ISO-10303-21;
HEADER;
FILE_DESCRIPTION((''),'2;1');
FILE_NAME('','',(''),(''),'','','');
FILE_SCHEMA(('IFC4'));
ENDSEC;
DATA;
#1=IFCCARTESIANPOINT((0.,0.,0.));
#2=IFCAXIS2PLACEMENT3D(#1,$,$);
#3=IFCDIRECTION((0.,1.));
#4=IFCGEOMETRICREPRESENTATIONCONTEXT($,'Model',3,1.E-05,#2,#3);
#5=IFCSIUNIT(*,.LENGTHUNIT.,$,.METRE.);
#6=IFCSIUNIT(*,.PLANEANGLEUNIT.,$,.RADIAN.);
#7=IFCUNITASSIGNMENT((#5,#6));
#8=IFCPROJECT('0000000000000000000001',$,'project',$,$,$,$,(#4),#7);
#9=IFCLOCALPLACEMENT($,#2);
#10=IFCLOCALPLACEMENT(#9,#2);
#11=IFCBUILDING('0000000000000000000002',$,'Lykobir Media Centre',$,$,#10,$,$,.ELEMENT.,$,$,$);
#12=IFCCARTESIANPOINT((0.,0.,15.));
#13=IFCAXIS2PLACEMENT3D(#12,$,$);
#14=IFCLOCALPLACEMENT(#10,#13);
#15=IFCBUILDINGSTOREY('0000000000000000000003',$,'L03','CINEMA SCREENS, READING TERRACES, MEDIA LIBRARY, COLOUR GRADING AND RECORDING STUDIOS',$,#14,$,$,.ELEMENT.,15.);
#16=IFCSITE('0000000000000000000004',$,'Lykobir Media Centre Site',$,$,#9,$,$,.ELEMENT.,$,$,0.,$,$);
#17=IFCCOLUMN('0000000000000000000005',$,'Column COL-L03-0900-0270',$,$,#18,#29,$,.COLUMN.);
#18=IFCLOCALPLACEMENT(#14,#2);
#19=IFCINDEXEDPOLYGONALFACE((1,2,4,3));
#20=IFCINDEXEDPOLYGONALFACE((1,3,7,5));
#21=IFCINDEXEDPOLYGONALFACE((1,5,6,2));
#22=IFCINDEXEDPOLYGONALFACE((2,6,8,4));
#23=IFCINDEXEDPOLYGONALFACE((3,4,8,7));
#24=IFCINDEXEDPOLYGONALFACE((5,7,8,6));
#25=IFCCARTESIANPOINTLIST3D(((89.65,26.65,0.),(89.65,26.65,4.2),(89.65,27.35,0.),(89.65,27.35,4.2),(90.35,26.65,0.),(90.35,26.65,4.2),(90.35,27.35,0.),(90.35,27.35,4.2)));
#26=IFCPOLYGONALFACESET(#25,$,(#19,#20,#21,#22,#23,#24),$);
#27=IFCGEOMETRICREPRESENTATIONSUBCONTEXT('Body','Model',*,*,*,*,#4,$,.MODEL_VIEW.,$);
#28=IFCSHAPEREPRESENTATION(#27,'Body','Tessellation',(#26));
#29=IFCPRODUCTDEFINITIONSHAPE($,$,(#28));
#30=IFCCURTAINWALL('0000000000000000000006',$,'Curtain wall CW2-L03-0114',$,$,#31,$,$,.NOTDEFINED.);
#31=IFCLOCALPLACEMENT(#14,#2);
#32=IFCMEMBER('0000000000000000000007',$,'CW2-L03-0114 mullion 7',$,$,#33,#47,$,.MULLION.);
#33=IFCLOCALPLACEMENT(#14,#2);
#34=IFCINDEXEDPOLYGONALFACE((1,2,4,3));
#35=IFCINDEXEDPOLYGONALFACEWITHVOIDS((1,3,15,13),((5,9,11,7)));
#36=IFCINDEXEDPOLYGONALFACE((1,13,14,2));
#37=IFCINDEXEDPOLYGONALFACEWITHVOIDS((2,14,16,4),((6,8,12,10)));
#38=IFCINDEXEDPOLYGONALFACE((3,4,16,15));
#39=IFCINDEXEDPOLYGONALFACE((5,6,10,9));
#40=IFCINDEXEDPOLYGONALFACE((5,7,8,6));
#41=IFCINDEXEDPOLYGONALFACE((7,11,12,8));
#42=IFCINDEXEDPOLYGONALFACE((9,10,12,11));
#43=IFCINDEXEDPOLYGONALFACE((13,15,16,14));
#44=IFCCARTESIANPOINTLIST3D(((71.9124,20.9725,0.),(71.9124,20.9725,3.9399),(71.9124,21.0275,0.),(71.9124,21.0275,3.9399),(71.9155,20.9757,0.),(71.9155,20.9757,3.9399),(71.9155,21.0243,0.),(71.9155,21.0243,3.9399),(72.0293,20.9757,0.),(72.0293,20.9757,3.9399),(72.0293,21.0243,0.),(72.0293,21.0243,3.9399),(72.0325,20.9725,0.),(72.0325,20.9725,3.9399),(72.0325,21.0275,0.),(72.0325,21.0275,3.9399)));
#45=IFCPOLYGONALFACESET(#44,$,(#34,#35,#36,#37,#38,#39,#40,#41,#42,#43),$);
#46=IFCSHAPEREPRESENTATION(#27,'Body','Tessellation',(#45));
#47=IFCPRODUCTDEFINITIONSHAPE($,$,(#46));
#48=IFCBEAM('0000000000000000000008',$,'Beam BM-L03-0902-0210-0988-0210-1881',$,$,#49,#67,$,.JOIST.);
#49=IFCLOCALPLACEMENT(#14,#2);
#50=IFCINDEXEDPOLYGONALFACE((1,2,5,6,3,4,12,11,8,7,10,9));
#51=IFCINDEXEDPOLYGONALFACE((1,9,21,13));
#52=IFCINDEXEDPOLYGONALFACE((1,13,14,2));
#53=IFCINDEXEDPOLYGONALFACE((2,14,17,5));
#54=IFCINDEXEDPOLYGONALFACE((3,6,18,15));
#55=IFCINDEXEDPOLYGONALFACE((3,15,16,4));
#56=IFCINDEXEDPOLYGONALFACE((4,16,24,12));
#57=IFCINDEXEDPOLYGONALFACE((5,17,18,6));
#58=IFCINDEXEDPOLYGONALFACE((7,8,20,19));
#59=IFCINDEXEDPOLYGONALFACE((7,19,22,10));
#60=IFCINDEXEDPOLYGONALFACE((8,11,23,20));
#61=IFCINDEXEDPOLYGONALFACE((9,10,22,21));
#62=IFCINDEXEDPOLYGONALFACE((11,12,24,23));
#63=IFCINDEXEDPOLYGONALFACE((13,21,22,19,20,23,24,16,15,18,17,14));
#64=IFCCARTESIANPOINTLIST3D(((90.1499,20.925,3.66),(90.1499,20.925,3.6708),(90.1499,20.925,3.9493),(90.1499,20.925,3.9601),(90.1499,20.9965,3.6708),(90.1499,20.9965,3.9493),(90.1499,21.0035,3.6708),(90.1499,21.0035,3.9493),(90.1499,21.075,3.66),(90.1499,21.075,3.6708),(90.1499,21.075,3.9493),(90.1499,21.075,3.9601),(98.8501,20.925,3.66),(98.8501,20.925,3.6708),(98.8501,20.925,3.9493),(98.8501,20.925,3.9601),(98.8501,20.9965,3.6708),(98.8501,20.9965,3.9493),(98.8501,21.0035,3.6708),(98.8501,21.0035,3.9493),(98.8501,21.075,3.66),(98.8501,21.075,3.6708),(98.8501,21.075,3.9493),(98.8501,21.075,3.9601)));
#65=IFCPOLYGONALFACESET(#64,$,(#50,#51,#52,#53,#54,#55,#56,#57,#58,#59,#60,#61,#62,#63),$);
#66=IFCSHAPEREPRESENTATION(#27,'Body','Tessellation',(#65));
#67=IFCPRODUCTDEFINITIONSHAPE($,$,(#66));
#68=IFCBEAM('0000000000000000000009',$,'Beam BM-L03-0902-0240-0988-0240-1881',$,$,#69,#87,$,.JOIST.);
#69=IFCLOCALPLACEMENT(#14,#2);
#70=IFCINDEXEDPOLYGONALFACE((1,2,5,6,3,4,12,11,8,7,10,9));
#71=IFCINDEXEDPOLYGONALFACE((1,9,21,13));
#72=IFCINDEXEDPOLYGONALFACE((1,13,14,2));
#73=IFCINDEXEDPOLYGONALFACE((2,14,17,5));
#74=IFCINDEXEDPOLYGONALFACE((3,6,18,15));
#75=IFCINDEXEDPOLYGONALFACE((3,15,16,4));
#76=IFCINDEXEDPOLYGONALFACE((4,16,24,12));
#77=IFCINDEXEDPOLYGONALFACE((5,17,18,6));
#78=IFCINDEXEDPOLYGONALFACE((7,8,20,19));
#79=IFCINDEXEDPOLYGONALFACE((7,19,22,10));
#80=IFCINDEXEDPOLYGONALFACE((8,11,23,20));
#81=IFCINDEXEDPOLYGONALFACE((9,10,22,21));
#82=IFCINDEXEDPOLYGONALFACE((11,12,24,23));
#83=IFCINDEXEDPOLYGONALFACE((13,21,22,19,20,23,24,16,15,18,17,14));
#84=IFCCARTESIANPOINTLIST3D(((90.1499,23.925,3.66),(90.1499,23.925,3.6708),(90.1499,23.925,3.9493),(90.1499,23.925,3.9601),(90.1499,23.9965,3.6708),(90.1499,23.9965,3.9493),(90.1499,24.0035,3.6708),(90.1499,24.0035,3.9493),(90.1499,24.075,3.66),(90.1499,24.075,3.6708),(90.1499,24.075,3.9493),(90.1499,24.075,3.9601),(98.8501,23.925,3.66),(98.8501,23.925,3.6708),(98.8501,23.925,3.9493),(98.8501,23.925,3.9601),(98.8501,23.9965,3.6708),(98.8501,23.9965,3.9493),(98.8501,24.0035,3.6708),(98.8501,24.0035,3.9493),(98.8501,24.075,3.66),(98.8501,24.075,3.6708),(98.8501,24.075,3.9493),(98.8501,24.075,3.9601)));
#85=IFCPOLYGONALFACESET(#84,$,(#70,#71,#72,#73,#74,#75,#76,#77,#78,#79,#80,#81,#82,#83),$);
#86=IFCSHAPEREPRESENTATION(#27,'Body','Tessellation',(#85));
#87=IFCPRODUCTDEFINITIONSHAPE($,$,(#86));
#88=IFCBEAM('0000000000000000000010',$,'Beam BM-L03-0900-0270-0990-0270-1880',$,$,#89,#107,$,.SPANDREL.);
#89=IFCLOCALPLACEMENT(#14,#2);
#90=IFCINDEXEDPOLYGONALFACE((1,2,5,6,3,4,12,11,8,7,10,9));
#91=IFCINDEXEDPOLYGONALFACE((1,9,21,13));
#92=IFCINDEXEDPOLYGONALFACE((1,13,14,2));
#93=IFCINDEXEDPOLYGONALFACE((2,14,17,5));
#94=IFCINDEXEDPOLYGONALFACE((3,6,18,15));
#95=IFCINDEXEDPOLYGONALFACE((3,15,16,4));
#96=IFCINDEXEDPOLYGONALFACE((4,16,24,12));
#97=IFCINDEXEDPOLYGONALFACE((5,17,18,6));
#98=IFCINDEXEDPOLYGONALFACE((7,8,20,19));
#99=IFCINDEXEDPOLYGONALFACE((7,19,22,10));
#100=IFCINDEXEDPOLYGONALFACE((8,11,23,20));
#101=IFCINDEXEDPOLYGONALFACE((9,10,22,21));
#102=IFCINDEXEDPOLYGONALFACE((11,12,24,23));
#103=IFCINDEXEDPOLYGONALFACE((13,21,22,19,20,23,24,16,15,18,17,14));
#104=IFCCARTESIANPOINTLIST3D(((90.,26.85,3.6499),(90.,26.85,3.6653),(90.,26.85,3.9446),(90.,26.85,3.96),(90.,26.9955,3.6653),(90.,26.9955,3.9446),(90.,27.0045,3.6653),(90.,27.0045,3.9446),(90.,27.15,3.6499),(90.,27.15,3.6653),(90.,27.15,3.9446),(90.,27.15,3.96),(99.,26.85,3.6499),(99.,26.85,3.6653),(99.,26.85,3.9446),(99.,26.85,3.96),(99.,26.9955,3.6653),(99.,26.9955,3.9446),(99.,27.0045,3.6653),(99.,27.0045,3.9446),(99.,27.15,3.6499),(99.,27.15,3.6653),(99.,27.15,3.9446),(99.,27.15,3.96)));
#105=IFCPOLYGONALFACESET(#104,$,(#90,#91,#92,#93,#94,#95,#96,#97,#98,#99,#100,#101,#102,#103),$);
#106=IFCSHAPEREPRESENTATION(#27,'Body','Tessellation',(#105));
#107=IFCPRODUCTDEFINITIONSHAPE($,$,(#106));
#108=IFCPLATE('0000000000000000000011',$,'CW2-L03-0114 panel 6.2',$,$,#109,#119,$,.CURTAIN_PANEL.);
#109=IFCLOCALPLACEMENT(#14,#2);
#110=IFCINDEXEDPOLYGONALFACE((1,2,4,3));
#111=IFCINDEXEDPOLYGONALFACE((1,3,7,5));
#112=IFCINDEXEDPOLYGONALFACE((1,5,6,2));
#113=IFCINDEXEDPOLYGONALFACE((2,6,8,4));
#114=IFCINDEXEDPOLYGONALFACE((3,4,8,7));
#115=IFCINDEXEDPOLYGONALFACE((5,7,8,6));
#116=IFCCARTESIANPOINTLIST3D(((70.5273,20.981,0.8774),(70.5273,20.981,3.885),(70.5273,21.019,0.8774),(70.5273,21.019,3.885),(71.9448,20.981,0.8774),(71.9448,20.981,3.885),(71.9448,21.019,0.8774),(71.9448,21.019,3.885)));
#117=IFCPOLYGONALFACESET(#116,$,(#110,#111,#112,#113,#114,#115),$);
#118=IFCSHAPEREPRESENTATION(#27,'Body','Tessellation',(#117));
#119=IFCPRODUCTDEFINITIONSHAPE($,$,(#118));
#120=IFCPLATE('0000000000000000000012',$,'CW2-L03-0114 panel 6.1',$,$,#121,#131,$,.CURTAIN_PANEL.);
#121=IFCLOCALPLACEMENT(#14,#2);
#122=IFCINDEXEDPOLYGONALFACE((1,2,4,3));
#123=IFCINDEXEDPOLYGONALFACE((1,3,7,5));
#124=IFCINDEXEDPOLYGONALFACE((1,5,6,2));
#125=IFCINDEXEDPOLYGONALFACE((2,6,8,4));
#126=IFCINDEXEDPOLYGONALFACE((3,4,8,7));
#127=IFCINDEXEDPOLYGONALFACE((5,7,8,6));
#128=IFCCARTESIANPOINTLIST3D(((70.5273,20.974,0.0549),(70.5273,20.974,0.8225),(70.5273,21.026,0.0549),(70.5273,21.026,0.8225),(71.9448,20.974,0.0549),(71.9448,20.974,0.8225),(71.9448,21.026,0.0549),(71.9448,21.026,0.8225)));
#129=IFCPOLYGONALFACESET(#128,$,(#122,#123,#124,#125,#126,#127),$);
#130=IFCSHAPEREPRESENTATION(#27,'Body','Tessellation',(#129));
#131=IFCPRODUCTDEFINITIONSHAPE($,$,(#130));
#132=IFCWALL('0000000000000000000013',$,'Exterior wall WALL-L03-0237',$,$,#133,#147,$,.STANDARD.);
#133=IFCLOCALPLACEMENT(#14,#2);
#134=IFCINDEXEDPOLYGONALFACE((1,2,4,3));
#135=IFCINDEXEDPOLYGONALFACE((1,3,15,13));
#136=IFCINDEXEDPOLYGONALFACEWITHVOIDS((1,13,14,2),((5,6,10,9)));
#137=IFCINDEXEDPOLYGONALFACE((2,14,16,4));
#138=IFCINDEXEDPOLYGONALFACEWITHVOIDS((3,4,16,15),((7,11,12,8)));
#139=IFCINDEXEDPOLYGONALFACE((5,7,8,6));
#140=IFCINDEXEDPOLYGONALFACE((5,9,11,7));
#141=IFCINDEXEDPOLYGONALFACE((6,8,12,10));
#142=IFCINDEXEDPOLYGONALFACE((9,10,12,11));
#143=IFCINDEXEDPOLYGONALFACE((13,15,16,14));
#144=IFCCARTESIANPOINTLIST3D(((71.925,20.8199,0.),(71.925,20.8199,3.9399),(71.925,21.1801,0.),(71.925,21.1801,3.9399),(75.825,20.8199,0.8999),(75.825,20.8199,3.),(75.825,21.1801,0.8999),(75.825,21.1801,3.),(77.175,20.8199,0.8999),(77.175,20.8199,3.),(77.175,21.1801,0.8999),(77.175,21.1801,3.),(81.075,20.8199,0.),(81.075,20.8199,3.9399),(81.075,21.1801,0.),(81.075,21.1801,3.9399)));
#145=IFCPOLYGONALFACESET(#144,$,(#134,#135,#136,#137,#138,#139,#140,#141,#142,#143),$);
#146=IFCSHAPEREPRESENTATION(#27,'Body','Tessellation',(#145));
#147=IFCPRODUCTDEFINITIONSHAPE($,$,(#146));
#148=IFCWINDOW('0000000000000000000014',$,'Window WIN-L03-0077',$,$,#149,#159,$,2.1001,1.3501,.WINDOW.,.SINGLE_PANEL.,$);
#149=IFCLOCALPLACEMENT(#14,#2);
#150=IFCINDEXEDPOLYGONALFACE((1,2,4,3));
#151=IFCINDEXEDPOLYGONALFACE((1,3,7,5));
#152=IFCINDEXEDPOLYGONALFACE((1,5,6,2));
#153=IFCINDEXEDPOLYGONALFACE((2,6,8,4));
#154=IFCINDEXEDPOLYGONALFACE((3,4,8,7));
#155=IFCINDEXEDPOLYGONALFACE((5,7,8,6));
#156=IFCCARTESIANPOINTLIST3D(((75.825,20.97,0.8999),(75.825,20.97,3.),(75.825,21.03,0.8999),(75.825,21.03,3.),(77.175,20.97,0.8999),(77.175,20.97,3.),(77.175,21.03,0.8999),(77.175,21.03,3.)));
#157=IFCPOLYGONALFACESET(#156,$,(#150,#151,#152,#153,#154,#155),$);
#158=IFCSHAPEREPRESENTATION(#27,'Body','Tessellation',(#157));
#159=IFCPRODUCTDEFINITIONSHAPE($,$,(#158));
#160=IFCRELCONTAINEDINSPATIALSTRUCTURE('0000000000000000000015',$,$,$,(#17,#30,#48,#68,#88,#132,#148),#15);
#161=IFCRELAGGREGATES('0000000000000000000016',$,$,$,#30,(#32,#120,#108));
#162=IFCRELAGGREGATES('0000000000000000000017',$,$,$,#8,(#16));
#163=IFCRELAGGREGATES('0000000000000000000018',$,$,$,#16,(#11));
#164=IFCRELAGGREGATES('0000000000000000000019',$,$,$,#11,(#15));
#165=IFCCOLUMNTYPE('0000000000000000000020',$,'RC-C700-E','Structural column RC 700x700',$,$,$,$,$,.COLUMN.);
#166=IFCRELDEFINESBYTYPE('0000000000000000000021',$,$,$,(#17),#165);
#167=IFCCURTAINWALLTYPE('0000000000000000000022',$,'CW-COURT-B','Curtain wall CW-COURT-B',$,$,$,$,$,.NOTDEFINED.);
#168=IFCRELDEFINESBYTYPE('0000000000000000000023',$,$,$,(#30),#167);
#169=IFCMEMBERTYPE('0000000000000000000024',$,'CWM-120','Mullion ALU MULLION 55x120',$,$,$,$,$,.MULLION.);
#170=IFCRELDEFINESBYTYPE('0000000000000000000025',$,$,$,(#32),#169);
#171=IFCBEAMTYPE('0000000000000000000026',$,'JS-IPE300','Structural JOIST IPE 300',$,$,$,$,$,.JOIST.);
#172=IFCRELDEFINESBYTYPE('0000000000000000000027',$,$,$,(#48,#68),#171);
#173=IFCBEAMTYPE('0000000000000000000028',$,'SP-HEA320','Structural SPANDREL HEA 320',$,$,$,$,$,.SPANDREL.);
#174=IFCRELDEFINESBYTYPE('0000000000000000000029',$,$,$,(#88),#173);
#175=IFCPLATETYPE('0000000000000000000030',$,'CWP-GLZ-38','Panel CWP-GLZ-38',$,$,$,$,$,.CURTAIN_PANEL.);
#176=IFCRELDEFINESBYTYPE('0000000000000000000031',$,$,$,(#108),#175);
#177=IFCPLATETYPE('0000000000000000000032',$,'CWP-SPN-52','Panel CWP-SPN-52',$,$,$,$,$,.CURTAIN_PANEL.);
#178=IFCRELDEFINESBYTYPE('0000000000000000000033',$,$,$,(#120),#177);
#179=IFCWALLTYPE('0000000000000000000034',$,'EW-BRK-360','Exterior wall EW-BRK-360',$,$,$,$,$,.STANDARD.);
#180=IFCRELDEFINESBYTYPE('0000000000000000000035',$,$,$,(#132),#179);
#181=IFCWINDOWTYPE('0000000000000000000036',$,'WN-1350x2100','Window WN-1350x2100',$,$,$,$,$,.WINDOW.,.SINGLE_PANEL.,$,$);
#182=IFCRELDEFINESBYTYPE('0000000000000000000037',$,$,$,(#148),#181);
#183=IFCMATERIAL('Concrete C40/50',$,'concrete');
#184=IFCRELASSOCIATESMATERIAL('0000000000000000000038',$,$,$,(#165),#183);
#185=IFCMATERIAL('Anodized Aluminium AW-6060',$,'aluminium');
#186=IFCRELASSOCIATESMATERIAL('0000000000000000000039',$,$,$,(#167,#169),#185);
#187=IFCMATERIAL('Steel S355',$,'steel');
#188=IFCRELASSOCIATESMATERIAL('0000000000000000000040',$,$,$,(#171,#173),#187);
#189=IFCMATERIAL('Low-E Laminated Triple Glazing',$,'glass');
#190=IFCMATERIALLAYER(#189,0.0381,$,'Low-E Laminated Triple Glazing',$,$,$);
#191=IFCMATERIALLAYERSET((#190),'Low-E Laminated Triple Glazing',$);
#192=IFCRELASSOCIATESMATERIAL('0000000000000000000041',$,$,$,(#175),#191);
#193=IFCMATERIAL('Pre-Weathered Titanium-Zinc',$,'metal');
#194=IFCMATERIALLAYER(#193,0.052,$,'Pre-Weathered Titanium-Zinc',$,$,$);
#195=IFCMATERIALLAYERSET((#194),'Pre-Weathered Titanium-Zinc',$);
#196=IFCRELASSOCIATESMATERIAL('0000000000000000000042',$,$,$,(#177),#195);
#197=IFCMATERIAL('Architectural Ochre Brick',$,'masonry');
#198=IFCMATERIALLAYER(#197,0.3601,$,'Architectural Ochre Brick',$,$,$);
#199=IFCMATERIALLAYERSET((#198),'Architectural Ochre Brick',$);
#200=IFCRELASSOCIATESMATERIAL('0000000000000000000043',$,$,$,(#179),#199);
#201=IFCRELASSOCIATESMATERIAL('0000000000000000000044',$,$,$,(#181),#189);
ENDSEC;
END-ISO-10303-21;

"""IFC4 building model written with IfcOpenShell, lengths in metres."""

from ifc_helpers import new_model, si_unit, direction, frame, frame_2d, origin, origin_2d, place, context, subcontext, project, spatial, rectangle, hollow_rectangle, i_section, extrude, material, layer, layer_set, material_profile, profile_set, type_object, element, fill, aggregate, save


model = new_model("IFC4")

# Units and contexts
model_context = context("Model", 3, precision=1e-05, world=origin(), true_north=direction((0.0, 1.0)))
body_context = subcontext(model_context, "Body", "Model", "MODEL_VIEW")
ifc_project = project(units=[si_unit("LENGTHUNIT", "METRE"), si_unit("PLANEANGLEUNIT", "RADIAN")], contexts=[model_context])

# Site, building, storey
site_placement = place(None, origin())
site = spatial("IfcSite", under=ifc_project, at=site_placement, Name="Lykobir Media Centre Site", CompositionType="ELEMENT", RefElevation=0.0)
building_placement = place(site_placement, origin())
building = spatial("IfcBuilding", under=site, at=building_placement, Name="Lykobir Media Centre", CompositionType="ELEMENT")
storey_placement = place(building_placement, frame((0.0, 0.0, 15.0)))
storey = spatial("IfcBuildingStorey", under=building, at=storey_placement, Name="L03", Description="CINEMA SCREENS, READING TERRACES, MEDIA LIBRARY, COLOUR GRADING AND RECORDING STUDIOS", CompositionType="ELEMENT", Elevation=15.0)

# Column
ifc_material_1 = material(Name="Concrete C40/50", Category="concrete")
ifc_material_profile_1 = material_profile(ifc_material_1, rectangle(XDim=0.7, YDim=0.7, at=origin_2d()), Name="RC 700x700")
ifc_profile_set_1 = profile_set([ifc_material_profile_1], Name="Concrete C40/50")
column_type = type_object("IfcColumnType", Name="RC-C700-E", Description="Structural column RC 700x700", PredefinedType="COLUMN", material=ifc_profile_set_1)
column_placement = place(storey_placement, frame((90.0, 27.0, 0.0), z_axis=(0.0, 0.0, 1.0), x_axis=(1.0, 0.0, 0.0)))
element("IfcColumn", 1, at=column_placement, inside=storey, type_object=column_type, Name="Column COL-L03-0900-0270", PredefinedType="COLUMN", context=body_context, shape_type="SweptSolid", body=[
    extrude(rectangle(XDim=0.7, YDim=0.7, at=origin_2d()), origin(), (0.0, 0.0, 1.0), 4.2),
])

# Curtain wall, member
ifc_material_2 = material(Name="Anodized Aluminium AW-6060", Category="aluminium")
curtain_wall_type = type_object("IfcCurtainWallType", Name="CW-COURT-B", Description="Curtain wall CW-COURT-B", PredefinedType="NOTDEFINED", material=ifc_material_2)
curtain_wall_placement = place(storey_placement, origin())
curtain_wall = element("IfcCurtainWall", 2, at=curtain_wall_placement, inside=storey, type_object=curtain_wall_type, Name="Curtain wall CW2-L03-0114", PredefinedType="NOTDEFINED")
ifc_material_profile_2 = material_profile(ifc_material_2, hollow_rectangle(XDim=0.0549, YDim=0.1201, WallThickness=0.0032, at=origin_2d()), Name="ALU MULLION 55x120")
ifc_profile_set_2 = profile_set([ifc_material_profile_2], Name="Anodized Aluminium AW-6060")
member_type = type_object("IfcMemberType", Name="CWM-120", Description="Mullion ALU MULLION 55x120", PredefinedType="MULLION", material=ifc_profile_set_2)
member_placement = place(storey_placement, frame((71.9724, 21.0, 0.0), z_axis=(0.0, 0.0, 1.0), x_axis=(0.0, 1.0, 0.0)))
member = element("IfcMember", 3, at=member_placement, type_object=member_type, Name="CW2-L03-0114 mullion 7", PredefinedType="MULLION", context=body_context, shape_type="SweptSolid", body=[
    extrude(hollow_rectangle(XDim=0.0549, YDim=0.1201, WallThickness=0.0032, at=origin_2d()), origin(), (0.0, 0.0, 1.0), 3.9399),
])

# Beams
ifc_material_3 = material(Name="Steel S355", Category="steel")
ifc_material_profile_3 = material_profile(ifc_material_3, i_section(OverallWidth=0.1499, OverallDepth=0.3, WebThickness=0.0071, FlangeThickness=0.0107, at=origin_2d()), Name="IPE 300")
ifc_profile_set_3 = profile_set([ifc_material_profile_3], Name="Steel S355")
beam_type_1 = type_object("IfcBeamType", Name="JS-IPE300", Description="Structural JOIST IPE 300", PredefinedType="JOIST", material=ifc_profile_set_3)
for number, where, z_axis, x_axis, name in (
    (4, (90.1499, 21.0, 3.8101), (1.0, 0.0, 0.0), (0.0, 1.0, 0.0), "Beam BM-L03-0902-0210-0988-0210-1881"),
    (5, (90.1499, 24.0, 3.8101), (1.0, 0.0, 0.0), (0.0, 1.0, 0.0), "Beam BM-L03-0902-0240-0988-0240-1881"),
):
    element("IfcBeam", number, at=place(storey_placement, frame(where, z_axis=z_axis, x_axis=x_axis)), inside=storey, type_object=beam_type_1, Name=name, PredefinedType="JOIST", context=body_context, shape_type="SweptSolid", body=[
        extrude(i_section(OverallWidth=0.1499, OverallDepth=0.3, WebThickness=0.0071, FlangeThickness=0.0107, at=origin_2d()), origin(), (0.0, 0.0, 1.0), 8.7002),
    ])
ifc_material_profile_4 = material_profile(ifc_material_3, i_section(OverallWidth=0.3, OverallDepth=0.3101, WebThickness=0.009, FlangeThickness=0.0154, at=origin_2d()), Name="HEA 320")
ifc_profile_set_4 = profile_set([ifc_material_profile_4], Name="Steel S355")
beam_type_2 = type_object("IfcBeamType", Name="SP-HEA320", Description="Structural SPANDREL HEA 320", PredefinedType="SPANDREL", material=ifc_profile_set_4)
beam_placement = place(storey_placement, frame((90.0, 27.0, 3.8049), z_axis=(1.0, 0.0, 0.0), x_axis=(0.0, 1.0, 0.0)))
element("IfcBeam", 6, at=beam_placement, inside=storey, type_object=beam_type_2, Name="Beam BM-L03-0900-0270-0990-0270-1880", PredefinedType="SPANDREL", context=body_context, shape_type="SweptSolid", body=[
    extrude(i_section(OverallWidth=0.3, OverallDepth=0.3101, WebThickness=0.009, FlangeThickness=0.0154, at=origin_2d()), origin(), (0.0, 0.0, 1.0), 9.0),
])

# Plates
ifc_material_4 = material(Name="Low-E Laminated Triple Glazing", Category="glass")
ifc_layer_1 = layer(ifc_material_4, 0.0381, Name="Low-E Laminated Triple Glazing")
ifc_layer_set_1 = layer_set([ifc_layer_1], Name="Low-E Laminated Triple Glazing")
plate_type_1 = type_object("IfcPlateType", Name="CWP-GLZ-38", Description="Panel CWP-GLZ-38", PredefinedType="CURTAIN_PANEL", material=ifc_layer_set_1)
plate_1_placement = place(storey_placement, frame((71.2361, 21.0, 0.8774), z_axis=(0.0, 0.0, 1.0), x_axis=(1.0, 0.0, 0.0)))
plate_1 = element("IfcPlate", 7, at=plate_1_placement, type_object=plate_type_1, Name="CW2-L03-0114 panel 6.2", PredefinedType="CURTAIN_PANEL", context=body_context, shape_type="SweptSolid", body=[
    extrude(rectangle(XDim=1.4175, YDim=0.0381, at=origin_2d()), origin(), (0.0, 0.0, 1.0), 3.0076),
])
ifc_material_5 = material(Name="Pre-Weathered Titanium-Zinc", Category="metal")
ifc_layer_2 = layer(ifc_material_5, 0.052, Name="Pre-Weathered Titanium-Zinc")
ifc_layer_set_2 = layer_set([ifc_layer_2], Name="Pre-Weathered Titanium-Zinc")
plate_type_2 = type_object("IfcPlateType", Name="CWP-SPN-52", Description="Panel CWP-SPN-52", PredefinedType="CURTAIN_PANEL", material=ifc_layer_set_2)
plate_2_placement = place(storey_placement, frame((71.2361, 21.0, 0.0549), z_axis=(0.0, 0.0, 1.0), x_axis=(1.0, 0.0, 0.0)))
plate_2 = element("IfcPlate", 8, at=plate_2_placement, type_object=plate_type_2, Name="CW2-L03-0114 panel 6.1", PredefinedType="CURTAIN_PANEL", context=body_context, shape_type="SweptSolid", body=[
    extrude(rectangle(XDim=1.4175, YDim=0.052, at=origin_2d()), origin(), (0.0, 0.0, 1.0), 0.7676),
])
aggregate(curtain_wall, [member, plate_2, plate_1])

# Wall, opening, window
ifc_material_6 = material(Name="Architectural Ochre Brick", Category="masonry")
ifc_layer_3 = layer(ifc_material_6, 0.3601, Name="Architectural Ochre Brick")
ifc_layer_set_3 = layer_set([ifc_layer_3], Name="Architectural Ochre Brick")
wall_type = type_object("IfcWallType", Name="EW-BRK-360", Description="Exterior wall EW-BRK-360", PredefinedType="STANDARD", material=ifc_layer_set_3)
wall_1_placement = place(storey_placement, frame((81.075, 21.0, 0.0), z_axis=(0.0, 0.0, 1.0), x_axis=(-1.0, 0.0, 0.0)))
wall_1 = element("IfcWall", 9, at=wall_1_placement, inside=storey, type_object=wall_type, Name="Exterior wall WALL-L03-0237", PredefinedType="STANDARD", context=body_context, shape_type="SweptSolid", body=[
    extrude(rectangle(XDim=9.1499, YDim=0.3601, at=frame_2d((4.575, 0.0))), origin(), (0.0, 0.0, 1.0), 3.9399),
])
opening_1_placement = place(wall_1_placement, frame((3.8999, 0.0, 0.8999)))
opening_1 = element("IfcOpeningElement", 10, at=opening_1_placement, cuts=wall_1, PredefinedType="OPENING", context=body_context, shape_type="SweptSolid", body=[
    extrude(rectangle(XDim=1.3501, YDim=2.1001, at=frame_2d((0.675, 1.05))), frame((0.0, 0.1899, 0.0), z_axis=(0.0, -1.0, 0.0), x_axis=(1.0, 0.0, 0.0)), (0.0, 0.0, 1.0), 0.3801),
])
window_type_1 = type_object("IfcWindowType", Name="WN-1350x2100", Description="Window WN-1350x2100", PartitioningType="SINGLE_PANEL", PredefinedType="WINDOW", material=ifc_material_4)
window_1_placement = place(opening_1_placement, origin())
window_1 = element("IfcWindow", 11, at=window_1_placement, inside=storey, type_object=window_type_1, Name="Window WIN-L03-0077", OverallHeight=2.1001, OverallWidth=1.3501, PartitioningType="SINGLE_PANEL", PredefinedType="WINDOW", context=body_context, shape_type="SweptSolid", body=[
    extrude(rectangle(XDim=1.3501, YDim=2.1001, at=frame_2d((0.675, 1.05))), frame((0.0, 0.03, 0.0), z_axis=(0.0, -1.0, 0.0), x_axis=(1.0, 0.0, 0.0)), (0.0, 0.0, 1.0), 0.0601),
])
fill(opening_1, window_1)

save(model, "model.ifc")
